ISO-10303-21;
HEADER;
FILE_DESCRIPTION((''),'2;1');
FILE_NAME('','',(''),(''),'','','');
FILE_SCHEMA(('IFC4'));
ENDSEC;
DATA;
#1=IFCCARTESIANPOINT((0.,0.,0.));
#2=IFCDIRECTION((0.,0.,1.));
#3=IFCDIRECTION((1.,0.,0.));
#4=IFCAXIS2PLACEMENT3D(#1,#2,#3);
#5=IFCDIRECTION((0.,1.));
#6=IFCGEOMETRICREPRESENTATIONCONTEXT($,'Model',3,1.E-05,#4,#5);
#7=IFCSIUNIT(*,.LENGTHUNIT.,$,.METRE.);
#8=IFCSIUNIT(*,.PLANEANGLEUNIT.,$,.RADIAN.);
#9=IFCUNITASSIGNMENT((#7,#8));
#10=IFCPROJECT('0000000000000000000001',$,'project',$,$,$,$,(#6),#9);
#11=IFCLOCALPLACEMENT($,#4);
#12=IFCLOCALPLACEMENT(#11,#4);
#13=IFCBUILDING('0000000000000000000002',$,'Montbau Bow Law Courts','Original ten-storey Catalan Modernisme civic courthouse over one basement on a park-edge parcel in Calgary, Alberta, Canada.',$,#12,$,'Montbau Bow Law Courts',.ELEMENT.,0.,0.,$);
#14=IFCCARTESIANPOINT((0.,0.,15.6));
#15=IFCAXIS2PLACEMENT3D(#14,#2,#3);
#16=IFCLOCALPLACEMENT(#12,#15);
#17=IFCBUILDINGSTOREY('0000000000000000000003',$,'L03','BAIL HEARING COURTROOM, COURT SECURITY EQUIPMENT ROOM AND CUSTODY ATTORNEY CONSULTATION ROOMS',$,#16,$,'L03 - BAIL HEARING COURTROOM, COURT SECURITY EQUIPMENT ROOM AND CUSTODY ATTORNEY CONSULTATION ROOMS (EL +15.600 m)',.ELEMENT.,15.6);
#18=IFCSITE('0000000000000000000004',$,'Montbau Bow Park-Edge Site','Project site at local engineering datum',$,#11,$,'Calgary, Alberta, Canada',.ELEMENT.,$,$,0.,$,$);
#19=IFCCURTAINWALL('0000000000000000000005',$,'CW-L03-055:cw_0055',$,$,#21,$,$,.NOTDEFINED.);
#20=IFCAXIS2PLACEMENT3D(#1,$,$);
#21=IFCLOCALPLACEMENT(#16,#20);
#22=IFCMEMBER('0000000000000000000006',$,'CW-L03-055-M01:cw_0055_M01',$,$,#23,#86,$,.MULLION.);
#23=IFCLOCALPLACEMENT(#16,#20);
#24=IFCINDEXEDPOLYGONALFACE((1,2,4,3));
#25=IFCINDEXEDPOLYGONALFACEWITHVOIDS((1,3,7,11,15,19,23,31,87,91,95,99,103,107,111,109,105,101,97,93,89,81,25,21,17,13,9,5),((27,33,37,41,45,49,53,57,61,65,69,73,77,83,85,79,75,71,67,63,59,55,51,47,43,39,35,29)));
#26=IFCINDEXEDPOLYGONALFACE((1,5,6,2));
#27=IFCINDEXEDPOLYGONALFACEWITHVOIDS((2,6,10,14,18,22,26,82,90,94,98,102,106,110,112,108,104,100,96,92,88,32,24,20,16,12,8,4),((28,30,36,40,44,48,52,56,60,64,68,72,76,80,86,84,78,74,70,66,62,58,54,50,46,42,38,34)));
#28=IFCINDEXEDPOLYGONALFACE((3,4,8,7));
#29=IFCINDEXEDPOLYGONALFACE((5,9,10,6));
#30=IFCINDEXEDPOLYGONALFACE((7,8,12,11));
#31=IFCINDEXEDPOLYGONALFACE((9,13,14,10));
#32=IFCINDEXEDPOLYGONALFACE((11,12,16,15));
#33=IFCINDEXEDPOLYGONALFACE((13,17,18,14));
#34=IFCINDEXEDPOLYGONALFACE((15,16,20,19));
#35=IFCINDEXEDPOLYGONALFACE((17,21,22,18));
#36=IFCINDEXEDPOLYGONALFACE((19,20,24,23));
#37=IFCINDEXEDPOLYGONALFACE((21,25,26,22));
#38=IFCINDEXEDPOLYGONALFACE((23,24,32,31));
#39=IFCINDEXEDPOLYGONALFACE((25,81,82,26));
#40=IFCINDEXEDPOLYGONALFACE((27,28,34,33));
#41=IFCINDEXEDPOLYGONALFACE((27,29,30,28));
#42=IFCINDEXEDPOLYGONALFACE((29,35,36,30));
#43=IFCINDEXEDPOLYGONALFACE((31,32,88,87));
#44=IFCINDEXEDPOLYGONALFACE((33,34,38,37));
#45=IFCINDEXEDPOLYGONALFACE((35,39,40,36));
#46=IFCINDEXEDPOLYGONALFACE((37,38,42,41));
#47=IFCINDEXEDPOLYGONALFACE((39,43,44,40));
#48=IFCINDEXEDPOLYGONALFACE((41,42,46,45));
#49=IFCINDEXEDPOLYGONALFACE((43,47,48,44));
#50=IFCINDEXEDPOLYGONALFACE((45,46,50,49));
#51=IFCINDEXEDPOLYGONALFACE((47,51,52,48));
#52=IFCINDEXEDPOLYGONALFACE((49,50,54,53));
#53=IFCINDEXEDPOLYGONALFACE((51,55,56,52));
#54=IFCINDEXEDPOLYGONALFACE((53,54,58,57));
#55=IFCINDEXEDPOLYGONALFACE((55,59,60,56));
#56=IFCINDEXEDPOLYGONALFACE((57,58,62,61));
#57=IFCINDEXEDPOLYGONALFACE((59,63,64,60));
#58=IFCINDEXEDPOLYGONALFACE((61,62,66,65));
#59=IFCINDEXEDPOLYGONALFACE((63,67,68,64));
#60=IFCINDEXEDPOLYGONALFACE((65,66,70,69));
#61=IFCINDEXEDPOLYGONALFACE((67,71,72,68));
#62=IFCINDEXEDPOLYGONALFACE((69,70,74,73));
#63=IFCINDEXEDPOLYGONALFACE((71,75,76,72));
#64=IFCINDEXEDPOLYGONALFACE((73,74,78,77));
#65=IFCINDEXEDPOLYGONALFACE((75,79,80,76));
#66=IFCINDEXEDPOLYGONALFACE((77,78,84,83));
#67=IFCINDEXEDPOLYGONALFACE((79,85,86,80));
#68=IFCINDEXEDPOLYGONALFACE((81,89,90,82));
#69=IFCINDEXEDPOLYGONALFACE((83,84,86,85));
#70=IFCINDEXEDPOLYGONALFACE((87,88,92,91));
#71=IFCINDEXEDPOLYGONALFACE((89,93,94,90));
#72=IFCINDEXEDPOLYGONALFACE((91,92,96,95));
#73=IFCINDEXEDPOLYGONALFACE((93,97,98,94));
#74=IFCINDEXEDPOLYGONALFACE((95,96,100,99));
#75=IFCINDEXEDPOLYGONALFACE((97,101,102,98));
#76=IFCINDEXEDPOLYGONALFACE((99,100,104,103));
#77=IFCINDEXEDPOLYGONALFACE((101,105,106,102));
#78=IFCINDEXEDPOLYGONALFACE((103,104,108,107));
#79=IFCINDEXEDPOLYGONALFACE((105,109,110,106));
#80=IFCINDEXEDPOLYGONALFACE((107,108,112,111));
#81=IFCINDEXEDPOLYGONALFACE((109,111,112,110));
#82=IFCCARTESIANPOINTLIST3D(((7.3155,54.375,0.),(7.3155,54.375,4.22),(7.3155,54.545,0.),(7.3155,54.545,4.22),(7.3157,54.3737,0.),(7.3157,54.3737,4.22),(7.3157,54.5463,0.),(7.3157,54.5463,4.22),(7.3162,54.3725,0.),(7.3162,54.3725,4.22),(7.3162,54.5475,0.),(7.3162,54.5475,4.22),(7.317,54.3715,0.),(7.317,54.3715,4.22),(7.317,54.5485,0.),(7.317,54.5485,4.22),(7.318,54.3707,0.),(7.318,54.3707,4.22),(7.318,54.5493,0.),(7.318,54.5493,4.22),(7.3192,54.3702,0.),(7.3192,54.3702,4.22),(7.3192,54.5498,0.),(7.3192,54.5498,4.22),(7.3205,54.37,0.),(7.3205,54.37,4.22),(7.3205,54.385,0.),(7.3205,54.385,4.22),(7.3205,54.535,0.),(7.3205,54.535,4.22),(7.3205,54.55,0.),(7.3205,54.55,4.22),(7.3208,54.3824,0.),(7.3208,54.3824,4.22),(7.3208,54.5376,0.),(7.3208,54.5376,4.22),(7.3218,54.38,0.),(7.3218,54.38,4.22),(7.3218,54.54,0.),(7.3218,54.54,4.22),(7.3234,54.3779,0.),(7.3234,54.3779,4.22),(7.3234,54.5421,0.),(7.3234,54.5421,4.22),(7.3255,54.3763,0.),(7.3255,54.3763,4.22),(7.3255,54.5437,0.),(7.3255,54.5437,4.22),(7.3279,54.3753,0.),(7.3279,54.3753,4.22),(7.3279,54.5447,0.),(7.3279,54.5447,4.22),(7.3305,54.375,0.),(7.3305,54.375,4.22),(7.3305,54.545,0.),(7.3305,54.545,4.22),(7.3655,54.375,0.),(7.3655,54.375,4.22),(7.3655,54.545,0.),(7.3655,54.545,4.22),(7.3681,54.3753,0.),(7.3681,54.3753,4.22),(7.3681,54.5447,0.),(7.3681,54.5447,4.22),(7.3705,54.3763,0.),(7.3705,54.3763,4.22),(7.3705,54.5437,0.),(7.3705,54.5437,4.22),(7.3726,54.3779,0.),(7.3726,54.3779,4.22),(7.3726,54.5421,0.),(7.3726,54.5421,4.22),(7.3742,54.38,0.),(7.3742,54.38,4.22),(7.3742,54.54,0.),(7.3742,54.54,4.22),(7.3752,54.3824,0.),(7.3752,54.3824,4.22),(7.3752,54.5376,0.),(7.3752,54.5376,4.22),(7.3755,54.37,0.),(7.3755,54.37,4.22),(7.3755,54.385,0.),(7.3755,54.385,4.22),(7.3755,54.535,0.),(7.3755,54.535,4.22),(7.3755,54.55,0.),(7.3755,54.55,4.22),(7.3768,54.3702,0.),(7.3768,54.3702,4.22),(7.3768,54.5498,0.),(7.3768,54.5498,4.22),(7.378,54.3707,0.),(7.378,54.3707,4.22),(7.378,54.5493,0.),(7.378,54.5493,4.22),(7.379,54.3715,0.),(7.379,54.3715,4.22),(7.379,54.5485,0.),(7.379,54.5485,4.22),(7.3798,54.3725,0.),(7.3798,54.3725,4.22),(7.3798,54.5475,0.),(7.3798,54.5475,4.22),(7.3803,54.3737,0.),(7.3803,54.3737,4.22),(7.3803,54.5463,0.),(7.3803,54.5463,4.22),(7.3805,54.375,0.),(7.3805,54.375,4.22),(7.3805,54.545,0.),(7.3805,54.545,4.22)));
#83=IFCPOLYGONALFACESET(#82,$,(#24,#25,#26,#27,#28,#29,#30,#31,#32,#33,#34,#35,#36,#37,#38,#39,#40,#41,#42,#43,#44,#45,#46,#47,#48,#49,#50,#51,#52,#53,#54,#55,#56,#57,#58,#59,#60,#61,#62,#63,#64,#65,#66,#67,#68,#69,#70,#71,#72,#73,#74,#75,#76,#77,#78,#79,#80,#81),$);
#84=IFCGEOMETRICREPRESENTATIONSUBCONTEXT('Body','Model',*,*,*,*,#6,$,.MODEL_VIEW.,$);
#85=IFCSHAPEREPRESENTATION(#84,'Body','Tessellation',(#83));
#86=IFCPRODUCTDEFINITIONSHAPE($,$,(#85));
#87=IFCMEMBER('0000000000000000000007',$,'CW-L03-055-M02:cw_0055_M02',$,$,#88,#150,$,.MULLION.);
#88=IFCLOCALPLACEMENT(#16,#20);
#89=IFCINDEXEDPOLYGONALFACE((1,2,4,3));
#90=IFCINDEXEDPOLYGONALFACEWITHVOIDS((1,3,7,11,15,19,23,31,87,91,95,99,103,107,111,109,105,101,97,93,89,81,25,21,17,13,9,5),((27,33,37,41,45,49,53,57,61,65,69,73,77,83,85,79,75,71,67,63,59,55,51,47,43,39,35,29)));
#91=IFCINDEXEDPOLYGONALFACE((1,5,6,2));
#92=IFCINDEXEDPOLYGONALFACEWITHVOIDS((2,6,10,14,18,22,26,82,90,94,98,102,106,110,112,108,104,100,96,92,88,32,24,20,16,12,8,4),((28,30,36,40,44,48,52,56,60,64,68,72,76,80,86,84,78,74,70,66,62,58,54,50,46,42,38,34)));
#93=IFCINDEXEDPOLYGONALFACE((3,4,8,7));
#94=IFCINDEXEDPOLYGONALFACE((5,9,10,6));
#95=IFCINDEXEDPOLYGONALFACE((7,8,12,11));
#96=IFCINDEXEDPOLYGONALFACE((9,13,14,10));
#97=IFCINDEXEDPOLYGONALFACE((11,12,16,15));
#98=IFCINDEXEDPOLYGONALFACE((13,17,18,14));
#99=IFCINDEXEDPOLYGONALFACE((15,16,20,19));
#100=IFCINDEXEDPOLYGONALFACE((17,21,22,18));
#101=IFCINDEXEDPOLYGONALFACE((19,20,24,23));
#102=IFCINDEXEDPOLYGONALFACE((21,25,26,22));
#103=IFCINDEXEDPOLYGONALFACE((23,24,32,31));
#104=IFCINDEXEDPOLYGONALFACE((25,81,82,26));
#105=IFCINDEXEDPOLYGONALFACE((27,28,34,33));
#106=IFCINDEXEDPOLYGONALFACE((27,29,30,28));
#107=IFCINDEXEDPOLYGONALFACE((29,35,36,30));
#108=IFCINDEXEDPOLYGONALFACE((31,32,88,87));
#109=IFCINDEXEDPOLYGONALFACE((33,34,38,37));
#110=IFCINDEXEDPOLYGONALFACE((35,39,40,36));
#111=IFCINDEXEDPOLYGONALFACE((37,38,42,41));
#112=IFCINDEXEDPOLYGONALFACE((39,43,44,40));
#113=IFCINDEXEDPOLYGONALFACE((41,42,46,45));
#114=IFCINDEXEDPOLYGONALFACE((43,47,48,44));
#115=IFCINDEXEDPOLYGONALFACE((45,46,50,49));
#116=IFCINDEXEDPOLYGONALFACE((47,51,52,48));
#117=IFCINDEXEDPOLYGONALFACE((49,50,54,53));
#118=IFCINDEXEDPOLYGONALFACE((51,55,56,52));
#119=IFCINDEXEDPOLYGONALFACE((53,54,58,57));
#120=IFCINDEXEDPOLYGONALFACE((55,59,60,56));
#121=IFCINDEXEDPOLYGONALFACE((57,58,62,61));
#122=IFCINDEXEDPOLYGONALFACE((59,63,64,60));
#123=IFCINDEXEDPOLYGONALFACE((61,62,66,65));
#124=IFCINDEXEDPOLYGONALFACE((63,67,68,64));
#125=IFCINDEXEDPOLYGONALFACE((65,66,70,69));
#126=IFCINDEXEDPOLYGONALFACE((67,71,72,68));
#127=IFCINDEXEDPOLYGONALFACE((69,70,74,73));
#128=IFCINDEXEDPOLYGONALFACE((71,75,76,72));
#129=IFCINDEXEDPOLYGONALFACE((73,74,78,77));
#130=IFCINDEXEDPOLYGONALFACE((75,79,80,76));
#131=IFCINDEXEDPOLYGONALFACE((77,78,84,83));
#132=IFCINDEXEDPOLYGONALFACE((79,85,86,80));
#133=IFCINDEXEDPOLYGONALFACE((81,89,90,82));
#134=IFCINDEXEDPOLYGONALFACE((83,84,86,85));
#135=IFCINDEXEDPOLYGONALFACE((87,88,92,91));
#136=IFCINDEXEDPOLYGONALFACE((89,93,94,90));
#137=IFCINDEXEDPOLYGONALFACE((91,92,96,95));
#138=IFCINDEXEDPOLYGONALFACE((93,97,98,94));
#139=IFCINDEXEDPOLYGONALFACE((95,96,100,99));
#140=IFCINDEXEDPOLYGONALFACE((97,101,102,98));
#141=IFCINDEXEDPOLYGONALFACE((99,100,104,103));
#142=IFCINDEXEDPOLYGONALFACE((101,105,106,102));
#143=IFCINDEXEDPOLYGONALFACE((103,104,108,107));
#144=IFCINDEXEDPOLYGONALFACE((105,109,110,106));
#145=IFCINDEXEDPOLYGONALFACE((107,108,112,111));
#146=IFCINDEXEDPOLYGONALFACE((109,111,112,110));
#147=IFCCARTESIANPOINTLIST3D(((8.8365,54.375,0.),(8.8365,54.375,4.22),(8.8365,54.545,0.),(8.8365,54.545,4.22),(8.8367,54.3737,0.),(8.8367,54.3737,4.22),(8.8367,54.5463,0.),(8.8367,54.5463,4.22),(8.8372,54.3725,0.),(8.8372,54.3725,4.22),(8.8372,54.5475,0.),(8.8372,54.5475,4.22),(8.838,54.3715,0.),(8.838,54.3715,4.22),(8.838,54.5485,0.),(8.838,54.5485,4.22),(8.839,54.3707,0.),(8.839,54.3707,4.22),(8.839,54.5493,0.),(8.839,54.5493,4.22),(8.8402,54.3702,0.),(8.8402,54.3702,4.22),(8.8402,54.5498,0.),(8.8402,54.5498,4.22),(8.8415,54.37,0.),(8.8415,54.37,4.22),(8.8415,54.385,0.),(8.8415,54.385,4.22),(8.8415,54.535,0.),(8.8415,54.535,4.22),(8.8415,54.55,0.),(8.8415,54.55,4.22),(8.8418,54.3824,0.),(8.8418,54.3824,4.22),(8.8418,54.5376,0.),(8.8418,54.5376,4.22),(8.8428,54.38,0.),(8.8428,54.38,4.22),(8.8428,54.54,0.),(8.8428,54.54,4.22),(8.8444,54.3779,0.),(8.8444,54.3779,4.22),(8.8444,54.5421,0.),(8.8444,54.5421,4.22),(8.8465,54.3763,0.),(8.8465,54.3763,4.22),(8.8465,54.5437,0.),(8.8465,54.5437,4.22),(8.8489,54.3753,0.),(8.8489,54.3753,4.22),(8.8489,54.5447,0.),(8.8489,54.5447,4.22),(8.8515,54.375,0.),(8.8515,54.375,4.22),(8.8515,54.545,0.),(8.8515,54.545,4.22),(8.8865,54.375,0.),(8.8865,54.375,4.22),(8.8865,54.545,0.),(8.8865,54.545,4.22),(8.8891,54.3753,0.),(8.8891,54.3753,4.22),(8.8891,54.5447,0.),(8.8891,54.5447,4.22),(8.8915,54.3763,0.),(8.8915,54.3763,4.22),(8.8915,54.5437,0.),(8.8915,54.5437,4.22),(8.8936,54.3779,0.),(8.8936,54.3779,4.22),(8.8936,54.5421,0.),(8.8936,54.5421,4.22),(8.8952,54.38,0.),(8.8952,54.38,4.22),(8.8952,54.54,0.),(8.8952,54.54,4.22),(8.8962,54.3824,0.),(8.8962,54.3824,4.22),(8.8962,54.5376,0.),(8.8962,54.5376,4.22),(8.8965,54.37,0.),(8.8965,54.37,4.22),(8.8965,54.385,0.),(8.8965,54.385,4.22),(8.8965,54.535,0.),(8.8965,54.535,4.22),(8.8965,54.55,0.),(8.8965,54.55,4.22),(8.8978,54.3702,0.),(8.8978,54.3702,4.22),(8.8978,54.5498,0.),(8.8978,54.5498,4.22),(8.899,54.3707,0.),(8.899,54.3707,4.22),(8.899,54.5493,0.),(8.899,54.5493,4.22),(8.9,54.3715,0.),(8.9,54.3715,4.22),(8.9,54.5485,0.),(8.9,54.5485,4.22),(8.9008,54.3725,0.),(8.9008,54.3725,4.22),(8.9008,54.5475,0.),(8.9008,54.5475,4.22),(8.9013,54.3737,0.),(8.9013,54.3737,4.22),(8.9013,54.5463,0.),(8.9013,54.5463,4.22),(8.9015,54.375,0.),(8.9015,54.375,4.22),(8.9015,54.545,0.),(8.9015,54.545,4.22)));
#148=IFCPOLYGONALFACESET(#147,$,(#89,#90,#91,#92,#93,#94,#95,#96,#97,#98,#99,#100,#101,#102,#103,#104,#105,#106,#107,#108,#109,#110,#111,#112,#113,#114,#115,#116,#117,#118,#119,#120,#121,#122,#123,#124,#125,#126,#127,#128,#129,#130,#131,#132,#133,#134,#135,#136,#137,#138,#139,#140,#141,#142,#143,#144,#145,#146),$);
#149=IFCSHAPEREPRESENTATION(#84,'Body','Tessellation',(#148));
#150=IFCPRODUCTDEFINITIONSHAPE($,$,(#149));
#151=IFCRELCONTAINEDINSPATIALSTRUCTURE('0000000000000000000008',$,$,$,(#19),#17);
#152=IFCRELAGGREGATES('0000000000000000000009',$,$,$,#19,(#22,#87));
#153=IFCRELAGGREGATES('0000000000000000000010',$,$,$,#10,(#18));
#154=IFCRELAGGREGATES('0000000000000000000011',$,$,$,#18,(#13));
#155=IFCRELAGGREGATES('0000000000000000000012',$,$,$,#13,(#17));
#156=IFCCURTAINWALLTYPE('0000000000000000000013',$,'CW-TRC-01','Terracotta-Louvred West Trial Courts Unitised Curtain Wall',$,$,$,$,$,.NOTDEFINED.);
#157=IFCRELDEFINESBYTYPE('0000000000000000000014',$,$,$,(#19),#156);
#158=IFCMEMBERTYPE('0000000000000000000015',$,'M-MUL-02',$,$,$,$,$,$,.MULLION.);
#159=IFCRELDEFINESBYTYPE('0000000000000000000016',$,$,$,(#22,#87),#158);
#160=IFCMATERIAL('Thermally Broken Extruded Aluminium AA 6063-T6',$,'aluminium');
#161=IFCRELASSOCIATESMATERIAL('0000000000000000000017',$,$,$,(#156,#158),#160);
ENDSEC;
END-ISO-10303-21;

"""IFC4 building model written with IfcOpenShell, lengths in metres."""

from ifc_helpers import new_model, si_unit, direction, frame, origin_with_axes, origin_2d_with_axis, place, context, subcontext, project, spatial, hollow_rectangle, extrude, material, material_profile, profile_set, type_object, element, aggregate, save


model = new_model("IFC4")

# Units and contexts
model_context = context("Model", 3, precision=1e-05, world=origin_with_axes(), true_north=direction((0.0, 1.0)))
body_context = subcontext(model_context, "Body", "Model", "MODEL_VIEW")
ifc_project = project(units=[si_unit("LENGTHUNIT", "METRE"), si_unit("PLANEANGLEUNIT", "RADIAN")], contexts=[model_context])

# Site, building, storey
site_placement = place(None, origin_with_axes())
site = spatial("IfcSite", under=ifc_project, at=site_placement, Name="Montbau Bow Park-Edge Site", Description="Project site at local engineering datum", LongName="Calgary, Alberta, Canada", CompositionType="ELEMENT", RefElevation=0.0)
building_placement = place(site_placement, origin_with_axes())
building = spatial("IfcBuilding", under=site, at=building_placement, Name="Montbau Bow Law Courts", Description="Original ten-storey Catalan Modernisme civic courthouse over one basement on a park-edge parcel in Calgary, Alberta, Canada.", LongName="Montbau Bow Law Courts", CompositionType="ELEMENT", ElevationOfRefHeight=0.0, ElevationOfTerrain=0.0)
storey_placement = place(building_placement, frame((0.0, 0.0, 15.6), z_axis=(0.0, 0.0, 1.0), x_axis=(1.0, 0.0, 0.0)))
storey = spatial("IfcBuildingStorey", under=building, at=storey_placement, Name="L03", Description="BAIL HEARING COURTROOM, COURT SECURITY EQUIPMENT ROOM AND CUSTODY ATTORNEY CONSULTATION ROOMS", LongName="L03 - BAIL HEARING COURTROOM, COURT SECURITY EQUIPMENT ROOM AND CUSTODY ATTORNEY CONSULTATION ROOMS (EL +15.600 m)", CompositionType="ELEMENT", Elevation=15.6)

# Curtain wall, members
ifc_material_1 = material(Name="Thermally Broken Extruded Aluminium AA 6063-T6", Category="aluminium")
curtain_wall_type = type_object("IfcCurtainWallType", Name="CW-TRC-01", Description="Terracotta-Louvred West Trial Courts Unitised Curtain Wall", PredefinedType="NOTDEFINED", material=ifc_material_1)
curtain_wall_1_placement = place(None, frame((7.315, 54.46, 15.6), z_axis=(0.0, 0.0, 1.0), x_axis=(1.0, 0.0, 0.0)))
curtain_wall_1 = element("IfcCurtainWall", 1, at=curtain_wall_1_placement, inside=storey, type_object=curtain_wall_type, Name="CW-L03-055:cw_0055", PredefinedType="NOTDEFINED")
ifc_material_profile_1 = material_profile(ifc_material_1, hollow_rectangle(XDim=0.065, YDim=0.18, WallThickness=0.005, InnerFilletRadius=0.01, OuterFilletRadius=0.005, at=origin_2d_with_axis()), Name="CWM-180X65", Category="Main", Priority=0)
ifc_profile_set_1 = profile_set([ifc_material_profile_1], Name="Thermally Broken Extruded Aluminium AA 6063-T6")
member_type_1 = type_object("IfcMemberType", Name="M-MUL-02", PredefinedType="MULLION", material=ifc_profile_set_1)
member_1_placement = place(None, frame((7.348, 54.46, 15.6), z_axis=(0.0, 0.0, 1.0), x_axis=(1.0, 0.0, 0.0)))
member_1 = element("IfcMember", 2, at=member_1_placement, type_object=member_type_1, Name="CW-L03-055-M01:cw_0055_M01", PredefinedType="MULLION", context=body_context, shape_type="SweptSolid", body=[
    extrude(hollow_rectangle(XDim=0.065, YDim=0.18, WallThickness=0.005, InnerFilletRadius=0.01, OuterFilletRadius=0.005, at=origin_2d_with_axis()), origin_with_axes(), (0.0, 0.0, 1.0), 4.22),
])
member_2_placement = place(None, frame((8.869, 54.46, 15.6), z_axis=(0.0, 0.0, 1.0), x_axis=(1.0, 0.0, 0.0)))
member_2 = element("IfcMember", 3, at=member_2_placement, type_object=member_type_1, Name="CW-L03-055-M02:cw_0055_M02", PredefinedType="MULLION", context=body_context, shape_type="SweptSolid", body=[
    extrude(hollow_rectangle(XDim=0.065, YDim=0.18, WallThickness=0.005, InnerFilletRadius=0.01, OuterFilletRadius=0.005, at=origin_2d_with_axis()), origin_with_axes(), (0.0, 0.0, 1.0), 4.22),
])

aggregate(curtain_wall_1, [member_1, member_2])

save(model, "model.ifc")
